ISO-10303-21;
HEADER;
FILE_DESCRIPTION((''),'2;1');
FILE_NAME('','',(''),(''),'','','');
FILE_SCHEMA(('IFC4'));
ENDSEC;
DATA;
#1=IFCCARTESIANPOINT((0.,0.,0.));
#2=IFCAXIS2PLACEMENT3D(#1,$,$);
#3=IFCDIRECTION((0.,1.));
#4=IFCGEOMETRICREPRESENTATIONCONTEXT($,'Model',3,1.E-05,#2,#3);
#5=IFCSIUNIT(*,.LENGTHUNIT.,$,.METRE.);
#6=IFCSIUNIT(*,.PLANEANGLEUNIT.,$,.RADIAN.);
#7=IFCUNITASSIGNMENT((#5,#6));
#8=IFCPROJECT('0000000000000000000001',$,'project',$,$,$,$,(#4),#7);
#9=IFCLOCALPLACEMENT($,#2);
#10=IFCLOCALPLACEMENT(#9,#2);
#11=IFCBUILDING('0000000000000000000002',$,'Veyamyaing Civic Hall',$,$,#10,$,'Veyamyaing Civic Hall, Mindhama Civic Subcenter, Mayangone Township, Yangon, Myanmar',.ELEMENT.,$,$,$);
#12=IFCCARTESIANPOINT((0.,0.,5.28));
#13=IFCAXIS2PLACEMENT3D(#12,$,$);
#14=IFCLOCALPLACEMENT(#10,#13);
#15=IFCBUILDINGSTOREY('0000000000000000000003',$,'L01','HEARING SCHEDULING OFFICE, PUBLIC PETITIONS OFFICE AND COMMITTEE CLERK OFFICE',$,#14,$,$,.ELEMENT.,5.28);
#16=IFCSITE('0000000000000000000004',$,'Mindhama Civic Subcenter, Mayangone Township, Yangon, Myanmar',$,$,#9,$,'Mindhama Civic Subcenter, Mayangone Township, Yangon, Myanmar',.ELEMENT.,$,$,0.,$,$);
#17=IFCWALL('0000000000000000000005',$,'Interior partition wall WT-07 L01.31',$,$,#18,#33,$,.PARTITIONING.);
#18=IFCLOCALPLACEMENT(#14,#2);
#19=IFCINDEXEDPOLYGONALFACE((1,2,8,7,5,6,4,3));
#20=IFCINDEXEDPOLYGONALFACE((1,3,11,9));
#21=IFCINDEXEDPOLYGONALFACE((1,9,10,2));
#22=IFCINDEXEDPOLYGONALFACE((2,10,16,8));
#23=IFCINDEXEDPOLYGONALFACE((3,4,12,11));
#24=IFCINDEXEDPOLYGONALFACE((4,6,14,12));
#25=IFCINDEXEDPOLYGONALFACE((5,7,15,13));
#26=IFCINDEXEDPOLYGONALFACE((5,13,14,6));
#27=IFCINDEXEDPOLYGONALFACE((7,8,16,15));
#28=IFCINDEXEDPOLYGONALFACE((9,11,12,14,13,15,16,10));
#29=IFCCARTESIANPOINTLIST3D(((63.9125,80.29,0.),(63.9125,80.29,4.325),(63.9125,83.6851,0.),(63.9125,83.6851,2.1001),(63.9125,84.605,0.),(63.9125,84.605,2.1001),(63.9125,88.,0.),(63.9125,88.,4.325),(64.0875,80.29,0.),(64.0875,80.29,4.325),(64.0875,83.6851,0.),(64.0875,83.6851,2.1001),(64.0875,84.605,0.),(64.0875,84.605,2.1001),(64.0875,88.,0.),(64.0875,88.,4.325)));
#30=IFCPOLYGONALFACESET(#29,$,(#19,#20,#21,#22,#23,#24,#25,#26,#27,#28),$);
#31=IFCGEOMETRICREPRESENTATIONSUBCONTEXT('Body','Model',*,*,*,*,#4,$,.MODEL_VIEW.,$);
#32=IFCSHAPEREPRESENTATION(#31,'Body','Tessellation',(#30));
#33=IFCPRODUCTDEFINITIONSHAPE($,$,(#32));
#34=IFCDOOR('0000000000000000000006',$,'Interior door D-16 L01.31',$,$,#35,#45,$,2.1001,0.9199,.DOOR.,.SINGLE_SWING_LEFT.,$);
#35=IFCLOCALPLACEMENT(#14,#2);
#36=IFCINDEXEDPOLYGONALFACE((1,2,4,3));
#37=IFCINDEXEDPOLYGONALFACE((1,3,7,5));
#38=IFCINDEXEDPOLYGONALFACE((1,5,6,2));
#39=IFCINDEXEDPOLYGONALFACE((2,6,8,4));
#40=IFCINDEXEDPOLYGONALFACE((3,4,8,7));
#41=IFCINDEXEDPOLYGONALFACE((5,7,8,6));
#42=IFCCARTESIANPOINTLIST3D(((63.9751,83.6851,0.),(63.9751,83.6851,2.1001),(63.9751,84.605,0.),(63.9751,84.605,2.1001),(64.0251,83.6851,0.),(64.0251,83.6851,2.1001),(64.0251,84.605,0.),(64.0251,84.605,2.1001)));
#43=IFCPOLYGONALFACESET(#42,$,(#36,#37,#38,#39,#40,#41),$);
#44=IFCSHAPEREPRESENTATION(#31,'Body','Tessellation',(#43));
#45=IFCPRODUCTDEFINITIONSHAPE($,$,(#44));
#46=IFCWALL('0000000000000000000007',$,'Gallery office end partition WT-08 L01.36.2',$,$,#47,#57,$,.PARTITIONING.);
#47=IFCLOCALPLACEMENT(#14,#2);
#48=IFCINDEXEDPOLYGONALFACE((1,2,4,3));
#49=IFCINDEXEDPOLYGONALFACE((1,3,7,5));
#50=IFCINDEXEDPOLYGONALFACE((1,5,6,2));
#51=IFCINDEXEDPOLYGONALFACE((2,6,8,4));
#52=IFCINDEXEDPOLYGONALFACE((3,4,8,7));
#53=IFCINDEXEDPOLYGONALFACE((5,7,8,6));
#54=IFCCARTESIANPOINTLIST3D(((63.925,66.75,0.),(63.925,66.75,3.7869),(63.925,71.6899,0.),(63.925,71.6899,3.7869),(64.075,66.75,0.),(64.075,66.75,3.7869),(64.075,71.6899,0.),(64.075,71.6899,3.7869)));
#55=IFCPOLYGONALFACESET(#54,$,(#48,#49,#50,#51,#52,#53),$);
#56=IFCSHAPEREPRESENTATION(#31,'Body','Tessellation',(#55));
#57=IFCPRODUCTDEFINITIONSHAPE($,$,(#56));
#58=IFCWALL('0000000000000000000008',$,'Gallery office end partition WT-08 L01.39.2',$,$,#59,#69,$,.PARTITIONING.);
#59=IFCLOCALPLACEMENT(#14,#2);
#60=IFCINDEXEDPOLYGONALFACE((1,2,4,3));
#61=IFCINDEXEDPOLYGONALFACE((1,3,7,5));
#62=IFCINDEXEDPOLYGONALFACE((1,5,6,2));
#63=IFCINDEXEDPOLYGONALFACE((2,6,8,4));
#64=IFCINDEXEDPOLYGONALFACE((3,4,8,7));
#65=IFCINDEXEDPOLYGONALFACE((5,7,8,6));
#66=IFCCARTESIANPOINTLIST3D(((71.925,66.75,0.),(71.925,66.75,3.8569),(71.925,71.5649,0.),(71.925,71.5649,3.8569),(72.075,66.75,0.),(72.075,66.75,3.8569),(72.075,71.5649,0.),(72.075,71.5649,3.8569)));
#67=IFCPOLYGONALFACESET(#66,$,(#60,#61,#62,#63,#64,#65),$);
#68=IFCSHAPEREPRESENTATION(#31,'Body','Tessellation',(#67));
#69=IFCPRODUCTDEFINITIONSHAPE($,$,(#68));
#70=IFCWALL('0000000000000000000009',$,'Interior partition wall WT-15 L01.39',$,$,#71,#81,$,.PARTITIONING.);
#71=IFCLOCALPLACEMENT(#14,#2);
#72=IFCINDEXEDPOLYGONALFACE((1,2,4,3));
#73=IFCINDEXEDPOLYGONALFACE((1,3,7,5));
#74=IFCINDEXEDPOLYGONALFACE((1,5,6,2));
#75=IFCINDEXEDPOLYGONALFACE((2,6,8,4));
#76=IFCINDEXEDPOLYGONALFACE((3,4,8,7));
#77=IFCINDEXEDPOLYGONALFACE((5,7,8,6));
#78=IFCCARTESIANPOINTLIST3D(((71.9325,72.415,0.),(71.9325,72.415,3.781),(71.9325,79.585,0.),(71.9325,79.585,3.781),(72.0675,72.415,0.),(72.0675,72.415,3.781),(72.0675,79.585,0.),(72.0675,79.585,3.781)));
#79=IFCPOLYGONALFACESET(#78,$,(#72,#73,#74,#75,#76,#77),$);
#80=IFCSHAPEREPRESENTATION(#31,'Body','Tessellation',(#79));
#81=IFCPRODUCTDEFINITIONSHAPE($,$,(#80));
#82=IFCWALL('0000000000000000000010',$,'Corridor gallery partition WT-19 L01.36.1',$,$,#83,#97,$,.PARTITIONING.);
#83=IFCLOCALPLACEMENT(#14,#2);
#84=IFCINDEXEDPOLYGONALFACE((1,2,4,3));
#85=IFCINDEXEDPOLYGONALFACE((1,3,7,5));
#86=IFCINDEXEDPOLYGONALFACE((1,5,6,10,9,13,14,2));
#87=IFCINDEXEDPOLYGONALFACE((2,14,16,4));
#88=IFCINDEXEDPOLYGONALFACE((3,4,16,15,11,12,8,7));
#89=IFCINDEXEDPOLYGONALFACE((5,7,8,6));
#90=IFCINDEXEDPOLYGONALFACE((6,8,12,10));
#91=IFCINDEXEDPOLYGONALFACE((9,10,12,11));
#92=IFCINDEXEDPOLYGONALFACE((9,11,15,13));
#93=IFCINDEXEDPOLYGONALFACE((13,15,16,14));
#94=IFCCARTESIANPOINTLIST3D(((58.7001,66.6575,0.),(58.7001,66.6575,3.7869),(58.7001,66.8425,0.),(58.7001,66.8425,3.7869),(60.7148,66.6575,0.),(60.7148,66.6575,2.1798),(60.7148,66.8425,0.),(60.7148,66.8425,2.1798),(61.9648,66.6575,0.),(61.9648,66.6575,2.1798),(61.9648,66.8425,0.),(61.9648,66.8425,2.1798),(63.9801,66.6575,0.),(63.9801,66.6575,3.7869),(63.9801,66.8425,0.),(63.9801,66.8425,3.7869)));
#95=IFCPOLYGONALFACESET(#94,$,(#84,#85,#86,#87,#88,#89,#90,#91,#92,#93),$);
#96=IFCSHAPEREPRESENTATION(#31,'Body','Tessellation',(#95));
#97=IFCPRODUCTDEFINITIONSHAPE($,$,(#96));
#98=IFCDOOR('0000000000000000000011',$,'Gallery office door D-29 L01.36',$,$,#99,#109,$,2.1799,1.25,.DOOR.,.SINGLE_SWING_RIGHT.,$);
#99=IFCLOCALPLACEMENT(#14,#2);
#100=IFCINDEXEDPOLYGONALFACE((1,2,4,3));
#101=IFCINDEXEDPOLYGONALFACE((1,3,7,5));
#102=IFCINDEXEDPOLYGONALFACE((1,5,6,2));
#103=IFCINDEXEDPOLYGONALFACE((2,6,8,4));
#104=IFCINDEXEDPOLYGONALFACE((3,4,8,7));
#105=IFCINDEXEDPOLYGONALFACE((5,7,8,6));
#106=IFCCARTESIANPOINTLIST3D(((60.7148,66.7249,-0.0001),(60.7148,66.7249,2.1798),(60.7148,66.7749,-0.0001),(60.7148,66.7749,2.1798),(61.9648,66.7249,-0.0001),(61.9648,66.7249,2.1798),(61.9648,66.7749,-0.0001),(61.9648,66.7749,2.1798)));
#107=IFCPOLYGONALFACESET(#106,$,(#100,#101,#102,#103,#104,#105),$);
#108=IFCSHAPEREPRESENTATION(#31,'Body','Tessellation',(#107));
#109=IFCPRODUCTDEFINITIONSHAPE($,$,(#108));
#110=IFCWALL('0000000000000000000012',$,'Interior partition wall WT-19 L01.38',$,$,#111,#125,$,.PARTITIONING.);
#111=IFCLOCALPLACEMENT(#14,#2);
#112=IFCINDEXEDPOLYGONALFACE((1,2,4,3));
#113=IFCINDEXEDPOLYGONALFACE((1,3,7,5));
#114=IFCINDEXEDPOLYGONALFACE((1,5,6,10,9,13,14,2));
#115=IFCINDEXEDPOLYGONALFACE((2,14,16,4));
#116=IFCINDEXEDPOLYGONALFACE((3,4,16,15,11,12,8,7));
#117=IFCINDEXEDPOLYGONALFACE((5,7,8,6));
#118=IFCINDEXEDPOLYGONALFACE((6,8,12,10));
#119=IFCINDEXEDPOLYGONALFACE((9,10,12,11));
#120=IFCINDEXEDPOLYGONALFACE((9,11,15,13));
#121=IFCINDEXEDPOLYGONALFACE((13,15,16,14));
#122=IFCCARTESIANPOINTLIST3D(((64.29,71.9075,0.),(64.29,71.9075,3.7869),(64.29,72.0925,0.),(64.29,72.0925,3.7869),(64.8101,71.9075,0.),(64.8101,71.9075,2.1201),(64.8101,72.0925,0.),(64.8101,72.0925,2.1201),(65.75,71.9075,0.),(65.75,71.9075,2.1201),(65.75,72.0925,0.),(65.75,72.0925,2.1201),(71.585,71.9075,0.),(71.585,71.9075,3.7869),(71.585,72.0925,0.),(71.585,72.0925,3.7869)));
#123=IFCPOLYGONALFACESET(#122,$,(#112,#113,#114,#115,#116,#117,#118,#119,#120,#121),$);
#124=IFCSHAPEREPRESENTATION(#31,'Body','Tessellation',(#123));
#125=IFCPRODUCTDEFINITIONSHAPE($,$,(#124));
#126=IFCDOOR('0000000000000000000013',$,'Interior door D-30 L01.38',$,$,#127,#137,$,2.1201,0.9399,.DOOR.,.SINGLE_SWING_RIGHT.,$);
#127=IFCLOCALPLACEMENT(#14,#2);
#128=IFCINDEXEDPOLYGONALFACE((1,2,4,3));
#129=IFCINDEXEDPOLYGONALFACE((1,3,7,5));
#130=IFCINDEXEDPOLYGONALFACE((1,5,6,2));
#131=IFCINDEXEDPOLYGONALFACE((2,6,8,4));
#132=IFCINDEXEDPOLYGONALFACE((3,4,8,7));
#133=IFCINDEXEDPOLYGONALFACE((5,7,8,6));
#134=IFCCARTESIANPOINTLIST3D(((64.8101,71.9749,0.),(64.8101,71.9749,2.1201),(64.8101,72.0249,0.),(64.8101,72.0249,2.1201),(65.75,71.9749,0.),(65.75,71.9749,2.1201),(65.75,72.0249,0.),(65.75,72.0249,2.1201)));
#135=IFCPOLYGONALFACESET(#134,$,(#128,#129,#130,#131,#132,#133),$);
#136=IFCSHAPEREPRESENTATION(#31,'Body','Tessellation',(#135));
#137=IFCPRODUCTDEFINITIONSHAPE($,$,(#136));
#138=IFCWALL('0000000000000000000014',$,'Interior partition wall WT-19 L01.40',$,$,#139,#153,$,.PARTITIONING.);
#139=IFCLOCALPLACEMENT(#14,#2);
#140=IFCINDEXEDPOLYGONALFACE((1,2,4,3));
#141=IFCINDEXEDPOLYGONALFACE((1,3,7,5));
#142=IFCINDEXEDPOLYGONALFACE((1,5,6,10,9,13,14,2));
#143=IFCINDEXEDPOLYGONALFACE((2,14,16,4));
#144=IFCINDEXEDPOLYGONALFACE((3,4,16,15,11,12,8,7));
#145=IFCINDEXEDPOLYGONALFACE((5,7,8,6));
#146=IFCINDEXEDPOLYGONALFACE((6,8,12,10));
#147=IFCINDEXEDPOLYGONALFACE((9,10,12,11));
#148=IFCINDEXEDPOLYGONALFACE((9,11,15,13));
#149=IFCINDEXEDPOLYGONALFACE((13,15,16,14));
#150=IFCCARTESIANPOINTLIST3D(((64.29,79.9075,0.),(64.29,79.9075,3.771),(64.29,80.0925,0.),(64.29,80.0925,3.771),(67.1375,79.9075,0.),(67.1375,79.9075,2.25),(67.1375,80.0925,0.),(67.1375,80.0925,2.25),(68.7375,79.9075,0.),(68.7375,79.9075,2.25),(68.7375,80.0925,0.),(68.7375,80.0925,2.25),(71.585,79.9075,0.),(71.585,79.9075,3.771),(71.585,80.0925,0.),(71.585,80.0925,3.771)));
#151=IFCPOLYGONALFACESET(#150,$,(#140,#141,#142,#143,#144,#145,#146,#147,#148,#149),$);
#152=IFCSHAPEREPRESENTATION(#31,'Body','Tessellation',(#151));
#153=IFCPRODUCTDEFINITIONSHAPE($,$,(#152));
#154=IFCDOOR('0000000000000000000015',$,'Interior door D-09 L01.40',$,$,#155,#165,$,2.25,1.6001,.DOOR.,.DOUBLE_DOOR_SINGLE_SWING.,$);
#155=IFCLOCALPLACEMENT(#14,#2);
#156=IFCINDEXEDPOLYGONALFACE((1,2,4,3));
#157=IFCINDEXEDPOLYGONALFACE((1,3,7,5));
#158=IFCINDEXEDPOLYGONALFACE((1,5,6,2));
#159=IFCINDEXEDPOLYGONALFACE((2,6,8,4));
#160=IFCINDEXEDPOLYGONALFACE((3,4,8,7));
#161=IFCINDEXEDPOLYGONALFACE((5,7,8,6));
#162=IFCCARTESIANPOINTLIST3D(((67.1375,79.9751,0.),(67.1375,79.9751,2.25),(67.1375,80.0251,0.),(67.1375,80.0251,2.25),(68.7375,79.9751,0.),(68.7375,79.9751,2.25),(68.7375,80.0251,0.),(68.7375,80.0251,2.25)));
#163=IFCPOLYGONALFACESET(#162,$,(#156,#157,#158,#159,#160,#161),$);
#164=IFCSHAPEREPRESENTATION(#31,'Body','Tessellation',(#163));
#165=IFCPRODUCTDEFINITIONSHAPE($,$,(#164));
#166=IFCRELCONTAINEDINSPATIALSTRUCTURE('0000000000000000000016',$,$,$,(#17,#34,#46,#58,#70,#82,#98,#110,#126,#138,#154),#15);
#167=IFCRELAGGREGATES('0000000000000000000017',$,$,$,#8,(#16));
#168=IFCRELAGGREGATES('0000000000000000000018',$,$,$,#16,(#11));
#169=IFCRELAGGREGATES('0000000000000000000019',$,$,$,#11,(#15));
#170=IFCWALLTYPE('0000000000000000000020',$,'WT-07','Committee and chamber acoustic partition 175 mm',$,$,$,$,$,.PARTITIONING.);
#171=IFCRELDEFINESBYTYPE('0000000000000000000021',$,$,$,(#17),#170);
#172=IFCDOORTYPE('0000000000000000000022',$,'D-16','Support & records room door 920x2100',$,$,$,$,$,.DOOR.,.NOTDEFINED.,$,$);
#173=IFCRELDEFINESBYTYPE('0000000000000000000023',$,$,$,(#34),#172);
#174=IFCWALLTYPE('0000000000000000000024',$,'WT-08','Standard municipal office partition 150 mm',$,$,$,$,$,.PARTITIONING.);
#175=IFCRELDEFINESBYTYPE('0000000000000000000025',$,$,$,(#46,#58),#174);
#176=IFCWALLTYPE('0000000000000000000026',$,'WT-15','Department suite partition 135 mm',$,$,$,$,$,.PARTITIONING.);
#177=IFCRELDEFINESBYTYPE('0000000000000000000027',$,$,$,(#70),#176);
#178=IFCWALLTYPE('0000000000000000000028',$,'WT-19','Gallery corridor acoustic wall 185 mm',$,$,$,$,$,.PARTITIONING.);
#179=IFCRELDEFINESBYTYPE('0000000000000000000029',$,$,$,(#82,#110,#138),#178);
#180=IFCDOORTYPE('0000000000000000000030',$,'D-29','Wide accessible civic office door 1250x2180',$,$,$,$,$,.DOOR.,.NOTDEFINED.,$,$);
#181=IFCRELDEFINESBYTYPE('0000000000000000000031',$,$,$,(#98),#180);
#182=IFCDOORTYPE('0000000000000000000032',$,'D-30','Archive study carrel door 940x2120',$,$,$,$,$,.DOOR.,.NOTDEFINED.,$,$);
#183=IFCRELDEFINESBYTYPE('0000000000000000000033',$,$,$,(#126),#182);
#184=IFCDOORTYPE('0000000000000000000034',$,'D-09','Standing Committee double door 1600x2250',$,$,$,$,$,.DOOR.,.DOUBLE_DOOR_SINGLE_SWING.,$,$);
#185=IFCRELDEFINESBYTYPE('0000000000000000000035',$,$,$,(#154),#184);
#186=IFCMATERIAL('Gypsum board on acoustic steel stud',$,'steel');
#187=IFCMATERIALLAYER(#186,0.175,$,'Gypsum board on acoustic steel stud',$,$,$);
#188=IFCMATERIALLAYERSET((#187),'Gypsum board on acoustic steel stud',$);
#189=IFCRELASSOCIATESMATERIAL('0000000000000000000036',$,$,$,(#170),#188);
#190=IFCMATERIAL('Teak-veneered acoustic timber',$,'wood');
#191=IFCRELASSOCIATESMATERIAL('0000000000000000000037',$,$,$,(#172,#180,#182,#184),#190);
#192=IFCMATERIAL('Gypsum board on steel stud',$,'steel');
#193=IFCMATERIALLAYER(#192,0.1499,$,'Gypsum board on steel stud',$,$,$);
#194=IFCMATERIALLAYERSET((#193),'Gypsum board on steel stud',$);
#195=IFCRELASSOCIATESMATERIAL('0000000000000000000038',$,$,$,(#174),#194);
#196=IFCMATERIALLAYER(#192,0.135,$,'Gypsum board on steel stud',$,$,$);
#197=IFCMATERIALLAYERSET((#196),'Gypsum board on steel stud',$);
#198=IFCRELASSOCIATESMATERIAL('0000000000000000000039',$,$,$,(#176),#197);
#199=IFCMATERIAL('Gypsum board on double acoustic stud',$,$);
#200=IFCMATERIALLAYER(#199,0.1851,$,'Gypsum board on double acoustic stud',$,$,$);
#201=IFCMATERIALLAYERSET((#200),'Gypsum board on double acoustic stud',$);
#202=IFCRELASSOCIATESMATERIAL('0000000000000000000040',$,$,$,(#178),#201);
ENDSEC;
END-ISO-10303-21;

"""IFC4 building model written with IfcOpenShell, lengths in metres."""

from ifc_helpers import new_model, si_unit, direction, frame, frame_2d, origin, place, context, subcontext, project, spatial, rectangle, extrude, material, layer, layer_set, type_object, element, fill, save


model = new_model("IFC4")

# Units and contexts
model_context = context("Model", 3, precision=1e-05, world=origin(), true_north=direction((0.0, 1.0)))
body_context = subcontext(model_context, "Body", "Model", "MODEL_VIEW")
ifc_project = project(units=[si_unit("LENGTHUNIT", "METRE"), si_unit("PLANEANGLEUNIT", "RADIAN")], contexts=[model_context])

# Site, building, storey
site_placement = place(None, origin())
site = spatial("IfcSite", under=ifc_project, at=site_placement, Name="Mindhama Civic Subcenter, Mayangone Township, Yangon, Myanmar", LongName="Mindhama Civic Subcenter, Mayangone Township, Yangon, Myanmar", CompositionType="ELEMENT", RefElevation=0.0)
building_placement = place(site_placement, origin())
building = spatial("IfcBuilding", under=site, at=building_placement, Name="Veyamyaing Civic Hall", LongName="Veyamyaing Civic Hall, Mindhama Civic Subcenter, Mayangone Township, Yangon, Myanmar", CompositionType="ELEMENT")
storey_placement = place(building_placement, frame((0.0, 0.0, 5.28)))
storey = spatial("IfcBuildingStorey", under=building, at=storey_placement, Name="L01", Description="HEARING SCHEDULING OFFICE, PUBLIC PETITIONS OFFICE AND COMMITTEE CLERK OFFICE", CompositionType="ELEMENT", Elevation=5.28)

# Wall, opening, door
ifc_material_1 = material(Name="Gypsum board on acoustic steel stud", Category="steel")
ifc_layer_1 = layer(ifc_material_1, 0.175, Name="Gypsum board on acoustic steel stud")
ifc_layer_set_1 = layer_set([ifc_layer_1], Name="Gypsum board on acoustic steel stud")
wall_type_1 = type_object("IfcWallType", Name="WT-07", Description="Committee and chamber acoustic partition 175 mm", PredefinedType="PARTITIONING", material=ifc_layer_set_1)
ifc_material_2 = material(Name="Teak-veneered acoustic timber", Category="wood")
wall_1_placement = place(storey_placement, frame((64.0, 80.29, 0.0), z_axis=(0.0, 0.0, 1.0), x_axis=(0.0, 1.0, 0.0)))
wall_1 = element("IfcWall", 1, at=wall_1_placement, inside=storey, type_object=wall_type_1, Name="Interior partition wall WT-07 L01.31", PredefinedType="PARTITIONING", context=body_context, shape_type="SweptSolid", body=[
    extrude(rectangle(XDim=7.71, YDim=0.175, at=frame_2d((3.855, 0.0))), origin(), (0.0, 0.0, 1.0), 4.325),
])
opening_1_placement = place(wall_1_placement, frame((3.395, 0.0, 0.0)))
opening_1 = element("IfcOpeningElement", 2, at=opening_1_placement, cuts=wall_1, PredefinedType="OPENING", context=body_context, shape_type="SweptSolid", body=[
    extrude(rectangle(XDim=0.9199, YDim=2.1001, at=frame_2d((0.46, 1.05))), frame((0.0, 0.0974, 0.0), z_axis=(0.0, -1.0, 0.0), x_axis=(1.0, 0.0, 0.0)), (0.0, 0.0, 1.0), 0.1951),
])
door_type_1 = type_object("IfcDoorType", Name="D-16", Description="Support & records room door 920x2100", OperationType="NOTDEFINED", PredefinedType="DOOR", material=ifc_material_2)
door_1_placement = place(opening_1_placement, origin())
door_1 = element("IfcDoor", 3, at=door_1_placement, inside=storey, type_object=door_type_1, Name="Interior door D-16 L01.31", OperationType="SINGLE_SWING_LEFT", OverallHeight=2.1001, OverallWidth=0.9199, PredefinedType="DOOR", context=body_context, shape_type="SweptSolid", body=[
    extrude(rectangle(XDim=0.9199, YDim=2.1001, at=frame_2d((0.46, 1.05))), frame((0.0, 0.0249, 0.0), z_axis=(0.0, -1.0, 0.0), x_axis=(1.0, 0.0, 0.0)), (0.0, 0.0, 1.0), 0.05),
])
fill(opening_1, door_1)

# Walls
ifc_material_3 = material(Name="Gypsum board on steel stud", Category="steel")
ifc_layer_2 = layer(ifc_material_3, 0.1499, Name="Gypsum board on steel stud")
ifc_layer_set_2 = layer_set([ifc_layer_2], Name="Gypsum board on steel stud")
wall_type_2 = type_object("IfcWallType", Name="WT-08", Description="Standard municipal office partition 150 mm", PredefinedType="PARTITIONING", material=ifc_layer_set_2)
wall_2_placement = place(storey_placement, frame((64.0, 66.75, 0.0), z_axis=(0.0, 0.0, 1.0), x_axis=(0.0, 1.0, 0.0)))
element("IfcWall", 4, at=wall_2_placement, inside=storey, type_object=wall_type_2, Name="Gallery office end partition WT-08 L01.36.2", PredefinedType="PARTITIONING", context=body_context, shape_type="SweptSolid", body=[
    extrude(rectangle(XDim=4.9399, YDim=0.1499, at=frame_2d((2.47, 0.0))), origin(), (0.0, 0.0, 1.0), 3.7869),
])
wall_3_placement = place(storey_placement, frame((72.0, 66.75, 0.0), z_axis=(0.0, 0.0, 1.0), x_axis=(0.0, 1.0, 0.0)))
element("IfcWall", 5, at=wall_3_placement, inside=storey, type_object=wall_type_2, Name="Gallery office end partition WT-08 L01.39.2", PredefinedType="PARTITIONING", context=body_context, shape_type="SweptSolid", body=[
    extrude(rectangle(XDim=4.8149, YDim=0.1499, at=frame_2d((2.4075, 0.0))), origin(), (0.0, 0.0, 1.0), 3.8569),
])
ifc_layer_3 = layer(ifc_material_3, 0.135, Name="Gypsum board on steel stud")
ifc_layer_set_3 = layer_set([ifc_layer_3], Name="Gypsum board on steel stud")
wall_type_3 = type_object("IfcWallType", Name="WT-15", Description="Department suite partition 135 mm", PredefinedType="PARTITIONING", material=ifc_layer_set_3)
wall_4_placement = place(storey_placement, frame((72.0, 72.415, 0.0), z_axis=(0.0, 0.0, 1.0), x_axis=(0.0, 1.0, 0.0)))
element("IfcWall", 6, at=wall_4_placement, inside=storey, type_object=wall_type_3, Name="Interior partition wall WT-15 L01.39", PredefinedType="PARTITIONING", context=body_context, shape_type="SweptSolid", body=[
    extrude(rectangle(XDim=7.1699, YDim=0.135, at=frame_2d((3.585, 0.0))), origin(), (0.0, 0.0, 1.0), 3.781),
])

# Walls, openings, doors
ifc_material_4 = material(Name="Gypsum board on double acoustic stud")
ifc_layer_4 = layer(ifc_material_4, 0.1851, Name="Gypsum board on double acoustic stud")
ifc_layer_set_4 = layer_set([ifc_layer_4], Name="Gypsum board on double acoustic stud")
wall_type_4 = type_object("IfcWallType", Name="WT-19", Description="Gallery corridor acoustic wall 185 mm", PredefinedType="PARTITIONING", material=ifc_layer_set_4)
wall_5_placement = place(storey_placement, frame((58.7, 66.75, 0.0), z_axis=(0.0, 0.0, 1.0), x_axis=(1.0, 0.0, 0.0)))
wall_5 = element("IfcWall", 7, at=wall_5_placement, inside=storey, type_object=wall_type_4, Name="Corridor gallery partition WT-19 L01.36.1", PredefinedType="PARTITIONING", context=body_context, shape_type="SweptSolid", body=[
    extrude(rectangle(XDim=5.28, YDim=0.1851, at=frame_2d((2.6401, 0.0))), origin(), (0.0, 0.0, 1.0), 3.7869),
])
opening_2_placement = place(wall_5_placement, frame((2.0149, 0.0, 0.0)))
opening_2 = element("IfcOpeningElement", 8, at=opening_2_placement, cuts=wall_5, PredefinedType="OPENING", context=body_context, shape_type="SweptSolid", body=[
    extrude(rectangle(XDim=1.25, YDim=2.1799, at=frame_2d((0.625, 1.0898))), frame((0.0, 0.1025, 0.0), z_axis=(0.0, -1.0, 0.0), x_axis=(1.0, 0.0, 0.0)), (0.0, 0.0, 1.0), 0.2051),
])
door_type_2 = type_object("IfcDoorType", Name="D-29", Description="Wide accessible civic office door 1250x2180", OperationType="NOTDEFINED", PredefinedType="DOOR", material=ifc_material_2)
door_2_placement = place(opening_2_placement, origin())
door_2 = element("IfcDoor", 9, at=door_2_placement, inside=storey, type_object=door_type_2, Name="Gallery office door D-29 L01.36", OperationType="SINGLE_SWING_RIGHT", OverallHeight=2.1799, OverallWidth=1.25, PredefinedType="DOOR", context=body_context, shape_type="SweptSolid", body=[
    extrude(rectangle(XDim=1.25, YDim=2.1799, at=frame_2d((0.625, 1.0898))), frame((0.0, 0.0249, 0.0), z_axis=(0.0, -1.0, 0.0), x_axis=(1.0, 0.0, 0.0)), (0.0, 0.0, 1.0), 0.05),
])
fill(opening_2, door_2)
wall_6_placement = place(storey_placement, frame((64.29, 72.0, 0.0), z_axis=(0.0, 0.0, 1.0), x_axis=(1.0, 0.0, 0.0)))
wall_6 = element("IfcWall", 10, at=wall_6_placement, inside=storey, type_object=wall_type_4, Name="Interior partition wall WT-19 L01.38", PredefinedType="PARTITIONING", context=body_context, shape_type="SweptSolid", body=[
    extrude(rectangle(XDim=7.2949, YDim=0.1851, at=frame_2d((3.6475, 0.0))), origin(), (0.0, 0.0, 1.0), 3.7869),
])
opening_3_placement = place(wall_6_placement, frame((0.52, 0.0, 0.0)))
opening_3 = element("IfcOpeningElement", 11, at=opening_3_placement, cuts=wall_6, PredefinedType="OPENING", context=body_context, shape_type="SweptSolid", body=[
    extrude(rectangle(XDim=0.9399, YDim=2.1201, at=frame_2d((0.47, 1.0601))), frame((0.0, 0.1025, 0.0), z_axis=(0.0, -1.0, 0.0), x_axis=(1.0, 0.0, 0.0)), (0.0, 0.0, 1.0), 0.2051),
])
door_type_3 = type_object("IfcDoorType", Name="D-30", Description="Archive study carrel door 940x2120", OperationType="NOTDEFINED", PredefinedType="DOOR", material=ifc_material_2)
door_3_placement = place(opening_3_placement, origin())
door_3 = element("IfcDoor", 12, at=door_3_placement, inside=storey, type_object=door_type_3, Name="Interior door D-30 L01.38", OperationType="SINGLE_SWING_RIGHT", OverallHeight=2.1201, OverallWidth=0.9399, PredefinedType="DOOR", context=body_context, shape_type="SweptSolid", body=[
    extrude(rectangle(XDim=0.9399, YDim=2.1201, at=frame_2d((0.47, 1.0601))), frame((0.0, 0.0249, 0.0), z_axis=(0.0, -1.0, 0.0), x_axis=(1.0, 0.0, 0.0)), (0.0, 0.0, 1.0), 0.05),
])
fill(opening_3, door_3)
wall_7_placement = place(storey_placement, frame((64.29, 80.0, 0.0), z_axis=(0.0, 0.0, 1.0), x_axis=(1.0, 0.0, 0.0)))
wall_7 = element("IfcWall", 13, at=wall_7_placement, inside=storey, type_object=wall_type_4, Name="Interior partition wall WT-19 L01.40", PredefinedType="PARTITIONING", context=body_context, shape_type="SweptSolid", body=[
    extrude(rectangle(XDim=7.2949, YDim=0.1851, at=frame_2d((3.6475, 0.0))), origin(), (0.0, 0.0, 1.0), 3.771),
])
opening_4_placement = place(wall_7_placement, frame((2.8474, 0.0, 0.0)))
opening_4 = element("IfcOpeningElement", 14, at=opening_4_placement, cuts=wall_7, PredefinedType="OPENING", context=body_context, shape_type="SweptSolid", body=[
    extrude(rectangle(XDim=1.6001, YDim=2.25, at=frame_2d((0.8, 1.125))), frame((0.0, 0.1025, 0.0), z_axis=(0.0, -1.0, 0.0), x_axis=(1.0, 0.0, 0.0)), (0.0, 0.0, 1.0), 0.2051),
])
door_type_4 = type_object("IfcDoorType", Name="D-09", Description="Standing Committee double door 1600x2250", OperationType="DOUBLE_DOOR_SINGLE_SWING", PredefinedType="DOOR", material=ifc_material_2)
door_4_placement = place(opening_4_placement, frame((1.6001, 0.0, 0.0), z_axis=(0.0, 0.0, 1.0), x_axis=(-1.0, 0.0, 0.0)))
door_4 = element("IfcDoor", 15, at=door_4_placement, inside=storey, type_object=door_type_4, Name="Interior door D-09 L01.40", OperationType="DOUBLE_DOOR_SINGLE_SWING", OverallHeight=2.25, OverallWidth=1.6001, PredefinedType="DOOR", context=body_context, shape_type="SweptSolid", body=[
    extrude(rectangle(XDim=1.6001, YDim=2.25, at=frame_2d((0.8, 1.125))), frame((0.0, 0.0249, 0.0), z_axis=(0.0, -1.0, 0.0), x_axis=(1.0, 0.0, 0.0)), (0.0, 0.0, 1.0), 0.05),
])
fill(opening_4, door_4)

save(model, "model.ifc")
